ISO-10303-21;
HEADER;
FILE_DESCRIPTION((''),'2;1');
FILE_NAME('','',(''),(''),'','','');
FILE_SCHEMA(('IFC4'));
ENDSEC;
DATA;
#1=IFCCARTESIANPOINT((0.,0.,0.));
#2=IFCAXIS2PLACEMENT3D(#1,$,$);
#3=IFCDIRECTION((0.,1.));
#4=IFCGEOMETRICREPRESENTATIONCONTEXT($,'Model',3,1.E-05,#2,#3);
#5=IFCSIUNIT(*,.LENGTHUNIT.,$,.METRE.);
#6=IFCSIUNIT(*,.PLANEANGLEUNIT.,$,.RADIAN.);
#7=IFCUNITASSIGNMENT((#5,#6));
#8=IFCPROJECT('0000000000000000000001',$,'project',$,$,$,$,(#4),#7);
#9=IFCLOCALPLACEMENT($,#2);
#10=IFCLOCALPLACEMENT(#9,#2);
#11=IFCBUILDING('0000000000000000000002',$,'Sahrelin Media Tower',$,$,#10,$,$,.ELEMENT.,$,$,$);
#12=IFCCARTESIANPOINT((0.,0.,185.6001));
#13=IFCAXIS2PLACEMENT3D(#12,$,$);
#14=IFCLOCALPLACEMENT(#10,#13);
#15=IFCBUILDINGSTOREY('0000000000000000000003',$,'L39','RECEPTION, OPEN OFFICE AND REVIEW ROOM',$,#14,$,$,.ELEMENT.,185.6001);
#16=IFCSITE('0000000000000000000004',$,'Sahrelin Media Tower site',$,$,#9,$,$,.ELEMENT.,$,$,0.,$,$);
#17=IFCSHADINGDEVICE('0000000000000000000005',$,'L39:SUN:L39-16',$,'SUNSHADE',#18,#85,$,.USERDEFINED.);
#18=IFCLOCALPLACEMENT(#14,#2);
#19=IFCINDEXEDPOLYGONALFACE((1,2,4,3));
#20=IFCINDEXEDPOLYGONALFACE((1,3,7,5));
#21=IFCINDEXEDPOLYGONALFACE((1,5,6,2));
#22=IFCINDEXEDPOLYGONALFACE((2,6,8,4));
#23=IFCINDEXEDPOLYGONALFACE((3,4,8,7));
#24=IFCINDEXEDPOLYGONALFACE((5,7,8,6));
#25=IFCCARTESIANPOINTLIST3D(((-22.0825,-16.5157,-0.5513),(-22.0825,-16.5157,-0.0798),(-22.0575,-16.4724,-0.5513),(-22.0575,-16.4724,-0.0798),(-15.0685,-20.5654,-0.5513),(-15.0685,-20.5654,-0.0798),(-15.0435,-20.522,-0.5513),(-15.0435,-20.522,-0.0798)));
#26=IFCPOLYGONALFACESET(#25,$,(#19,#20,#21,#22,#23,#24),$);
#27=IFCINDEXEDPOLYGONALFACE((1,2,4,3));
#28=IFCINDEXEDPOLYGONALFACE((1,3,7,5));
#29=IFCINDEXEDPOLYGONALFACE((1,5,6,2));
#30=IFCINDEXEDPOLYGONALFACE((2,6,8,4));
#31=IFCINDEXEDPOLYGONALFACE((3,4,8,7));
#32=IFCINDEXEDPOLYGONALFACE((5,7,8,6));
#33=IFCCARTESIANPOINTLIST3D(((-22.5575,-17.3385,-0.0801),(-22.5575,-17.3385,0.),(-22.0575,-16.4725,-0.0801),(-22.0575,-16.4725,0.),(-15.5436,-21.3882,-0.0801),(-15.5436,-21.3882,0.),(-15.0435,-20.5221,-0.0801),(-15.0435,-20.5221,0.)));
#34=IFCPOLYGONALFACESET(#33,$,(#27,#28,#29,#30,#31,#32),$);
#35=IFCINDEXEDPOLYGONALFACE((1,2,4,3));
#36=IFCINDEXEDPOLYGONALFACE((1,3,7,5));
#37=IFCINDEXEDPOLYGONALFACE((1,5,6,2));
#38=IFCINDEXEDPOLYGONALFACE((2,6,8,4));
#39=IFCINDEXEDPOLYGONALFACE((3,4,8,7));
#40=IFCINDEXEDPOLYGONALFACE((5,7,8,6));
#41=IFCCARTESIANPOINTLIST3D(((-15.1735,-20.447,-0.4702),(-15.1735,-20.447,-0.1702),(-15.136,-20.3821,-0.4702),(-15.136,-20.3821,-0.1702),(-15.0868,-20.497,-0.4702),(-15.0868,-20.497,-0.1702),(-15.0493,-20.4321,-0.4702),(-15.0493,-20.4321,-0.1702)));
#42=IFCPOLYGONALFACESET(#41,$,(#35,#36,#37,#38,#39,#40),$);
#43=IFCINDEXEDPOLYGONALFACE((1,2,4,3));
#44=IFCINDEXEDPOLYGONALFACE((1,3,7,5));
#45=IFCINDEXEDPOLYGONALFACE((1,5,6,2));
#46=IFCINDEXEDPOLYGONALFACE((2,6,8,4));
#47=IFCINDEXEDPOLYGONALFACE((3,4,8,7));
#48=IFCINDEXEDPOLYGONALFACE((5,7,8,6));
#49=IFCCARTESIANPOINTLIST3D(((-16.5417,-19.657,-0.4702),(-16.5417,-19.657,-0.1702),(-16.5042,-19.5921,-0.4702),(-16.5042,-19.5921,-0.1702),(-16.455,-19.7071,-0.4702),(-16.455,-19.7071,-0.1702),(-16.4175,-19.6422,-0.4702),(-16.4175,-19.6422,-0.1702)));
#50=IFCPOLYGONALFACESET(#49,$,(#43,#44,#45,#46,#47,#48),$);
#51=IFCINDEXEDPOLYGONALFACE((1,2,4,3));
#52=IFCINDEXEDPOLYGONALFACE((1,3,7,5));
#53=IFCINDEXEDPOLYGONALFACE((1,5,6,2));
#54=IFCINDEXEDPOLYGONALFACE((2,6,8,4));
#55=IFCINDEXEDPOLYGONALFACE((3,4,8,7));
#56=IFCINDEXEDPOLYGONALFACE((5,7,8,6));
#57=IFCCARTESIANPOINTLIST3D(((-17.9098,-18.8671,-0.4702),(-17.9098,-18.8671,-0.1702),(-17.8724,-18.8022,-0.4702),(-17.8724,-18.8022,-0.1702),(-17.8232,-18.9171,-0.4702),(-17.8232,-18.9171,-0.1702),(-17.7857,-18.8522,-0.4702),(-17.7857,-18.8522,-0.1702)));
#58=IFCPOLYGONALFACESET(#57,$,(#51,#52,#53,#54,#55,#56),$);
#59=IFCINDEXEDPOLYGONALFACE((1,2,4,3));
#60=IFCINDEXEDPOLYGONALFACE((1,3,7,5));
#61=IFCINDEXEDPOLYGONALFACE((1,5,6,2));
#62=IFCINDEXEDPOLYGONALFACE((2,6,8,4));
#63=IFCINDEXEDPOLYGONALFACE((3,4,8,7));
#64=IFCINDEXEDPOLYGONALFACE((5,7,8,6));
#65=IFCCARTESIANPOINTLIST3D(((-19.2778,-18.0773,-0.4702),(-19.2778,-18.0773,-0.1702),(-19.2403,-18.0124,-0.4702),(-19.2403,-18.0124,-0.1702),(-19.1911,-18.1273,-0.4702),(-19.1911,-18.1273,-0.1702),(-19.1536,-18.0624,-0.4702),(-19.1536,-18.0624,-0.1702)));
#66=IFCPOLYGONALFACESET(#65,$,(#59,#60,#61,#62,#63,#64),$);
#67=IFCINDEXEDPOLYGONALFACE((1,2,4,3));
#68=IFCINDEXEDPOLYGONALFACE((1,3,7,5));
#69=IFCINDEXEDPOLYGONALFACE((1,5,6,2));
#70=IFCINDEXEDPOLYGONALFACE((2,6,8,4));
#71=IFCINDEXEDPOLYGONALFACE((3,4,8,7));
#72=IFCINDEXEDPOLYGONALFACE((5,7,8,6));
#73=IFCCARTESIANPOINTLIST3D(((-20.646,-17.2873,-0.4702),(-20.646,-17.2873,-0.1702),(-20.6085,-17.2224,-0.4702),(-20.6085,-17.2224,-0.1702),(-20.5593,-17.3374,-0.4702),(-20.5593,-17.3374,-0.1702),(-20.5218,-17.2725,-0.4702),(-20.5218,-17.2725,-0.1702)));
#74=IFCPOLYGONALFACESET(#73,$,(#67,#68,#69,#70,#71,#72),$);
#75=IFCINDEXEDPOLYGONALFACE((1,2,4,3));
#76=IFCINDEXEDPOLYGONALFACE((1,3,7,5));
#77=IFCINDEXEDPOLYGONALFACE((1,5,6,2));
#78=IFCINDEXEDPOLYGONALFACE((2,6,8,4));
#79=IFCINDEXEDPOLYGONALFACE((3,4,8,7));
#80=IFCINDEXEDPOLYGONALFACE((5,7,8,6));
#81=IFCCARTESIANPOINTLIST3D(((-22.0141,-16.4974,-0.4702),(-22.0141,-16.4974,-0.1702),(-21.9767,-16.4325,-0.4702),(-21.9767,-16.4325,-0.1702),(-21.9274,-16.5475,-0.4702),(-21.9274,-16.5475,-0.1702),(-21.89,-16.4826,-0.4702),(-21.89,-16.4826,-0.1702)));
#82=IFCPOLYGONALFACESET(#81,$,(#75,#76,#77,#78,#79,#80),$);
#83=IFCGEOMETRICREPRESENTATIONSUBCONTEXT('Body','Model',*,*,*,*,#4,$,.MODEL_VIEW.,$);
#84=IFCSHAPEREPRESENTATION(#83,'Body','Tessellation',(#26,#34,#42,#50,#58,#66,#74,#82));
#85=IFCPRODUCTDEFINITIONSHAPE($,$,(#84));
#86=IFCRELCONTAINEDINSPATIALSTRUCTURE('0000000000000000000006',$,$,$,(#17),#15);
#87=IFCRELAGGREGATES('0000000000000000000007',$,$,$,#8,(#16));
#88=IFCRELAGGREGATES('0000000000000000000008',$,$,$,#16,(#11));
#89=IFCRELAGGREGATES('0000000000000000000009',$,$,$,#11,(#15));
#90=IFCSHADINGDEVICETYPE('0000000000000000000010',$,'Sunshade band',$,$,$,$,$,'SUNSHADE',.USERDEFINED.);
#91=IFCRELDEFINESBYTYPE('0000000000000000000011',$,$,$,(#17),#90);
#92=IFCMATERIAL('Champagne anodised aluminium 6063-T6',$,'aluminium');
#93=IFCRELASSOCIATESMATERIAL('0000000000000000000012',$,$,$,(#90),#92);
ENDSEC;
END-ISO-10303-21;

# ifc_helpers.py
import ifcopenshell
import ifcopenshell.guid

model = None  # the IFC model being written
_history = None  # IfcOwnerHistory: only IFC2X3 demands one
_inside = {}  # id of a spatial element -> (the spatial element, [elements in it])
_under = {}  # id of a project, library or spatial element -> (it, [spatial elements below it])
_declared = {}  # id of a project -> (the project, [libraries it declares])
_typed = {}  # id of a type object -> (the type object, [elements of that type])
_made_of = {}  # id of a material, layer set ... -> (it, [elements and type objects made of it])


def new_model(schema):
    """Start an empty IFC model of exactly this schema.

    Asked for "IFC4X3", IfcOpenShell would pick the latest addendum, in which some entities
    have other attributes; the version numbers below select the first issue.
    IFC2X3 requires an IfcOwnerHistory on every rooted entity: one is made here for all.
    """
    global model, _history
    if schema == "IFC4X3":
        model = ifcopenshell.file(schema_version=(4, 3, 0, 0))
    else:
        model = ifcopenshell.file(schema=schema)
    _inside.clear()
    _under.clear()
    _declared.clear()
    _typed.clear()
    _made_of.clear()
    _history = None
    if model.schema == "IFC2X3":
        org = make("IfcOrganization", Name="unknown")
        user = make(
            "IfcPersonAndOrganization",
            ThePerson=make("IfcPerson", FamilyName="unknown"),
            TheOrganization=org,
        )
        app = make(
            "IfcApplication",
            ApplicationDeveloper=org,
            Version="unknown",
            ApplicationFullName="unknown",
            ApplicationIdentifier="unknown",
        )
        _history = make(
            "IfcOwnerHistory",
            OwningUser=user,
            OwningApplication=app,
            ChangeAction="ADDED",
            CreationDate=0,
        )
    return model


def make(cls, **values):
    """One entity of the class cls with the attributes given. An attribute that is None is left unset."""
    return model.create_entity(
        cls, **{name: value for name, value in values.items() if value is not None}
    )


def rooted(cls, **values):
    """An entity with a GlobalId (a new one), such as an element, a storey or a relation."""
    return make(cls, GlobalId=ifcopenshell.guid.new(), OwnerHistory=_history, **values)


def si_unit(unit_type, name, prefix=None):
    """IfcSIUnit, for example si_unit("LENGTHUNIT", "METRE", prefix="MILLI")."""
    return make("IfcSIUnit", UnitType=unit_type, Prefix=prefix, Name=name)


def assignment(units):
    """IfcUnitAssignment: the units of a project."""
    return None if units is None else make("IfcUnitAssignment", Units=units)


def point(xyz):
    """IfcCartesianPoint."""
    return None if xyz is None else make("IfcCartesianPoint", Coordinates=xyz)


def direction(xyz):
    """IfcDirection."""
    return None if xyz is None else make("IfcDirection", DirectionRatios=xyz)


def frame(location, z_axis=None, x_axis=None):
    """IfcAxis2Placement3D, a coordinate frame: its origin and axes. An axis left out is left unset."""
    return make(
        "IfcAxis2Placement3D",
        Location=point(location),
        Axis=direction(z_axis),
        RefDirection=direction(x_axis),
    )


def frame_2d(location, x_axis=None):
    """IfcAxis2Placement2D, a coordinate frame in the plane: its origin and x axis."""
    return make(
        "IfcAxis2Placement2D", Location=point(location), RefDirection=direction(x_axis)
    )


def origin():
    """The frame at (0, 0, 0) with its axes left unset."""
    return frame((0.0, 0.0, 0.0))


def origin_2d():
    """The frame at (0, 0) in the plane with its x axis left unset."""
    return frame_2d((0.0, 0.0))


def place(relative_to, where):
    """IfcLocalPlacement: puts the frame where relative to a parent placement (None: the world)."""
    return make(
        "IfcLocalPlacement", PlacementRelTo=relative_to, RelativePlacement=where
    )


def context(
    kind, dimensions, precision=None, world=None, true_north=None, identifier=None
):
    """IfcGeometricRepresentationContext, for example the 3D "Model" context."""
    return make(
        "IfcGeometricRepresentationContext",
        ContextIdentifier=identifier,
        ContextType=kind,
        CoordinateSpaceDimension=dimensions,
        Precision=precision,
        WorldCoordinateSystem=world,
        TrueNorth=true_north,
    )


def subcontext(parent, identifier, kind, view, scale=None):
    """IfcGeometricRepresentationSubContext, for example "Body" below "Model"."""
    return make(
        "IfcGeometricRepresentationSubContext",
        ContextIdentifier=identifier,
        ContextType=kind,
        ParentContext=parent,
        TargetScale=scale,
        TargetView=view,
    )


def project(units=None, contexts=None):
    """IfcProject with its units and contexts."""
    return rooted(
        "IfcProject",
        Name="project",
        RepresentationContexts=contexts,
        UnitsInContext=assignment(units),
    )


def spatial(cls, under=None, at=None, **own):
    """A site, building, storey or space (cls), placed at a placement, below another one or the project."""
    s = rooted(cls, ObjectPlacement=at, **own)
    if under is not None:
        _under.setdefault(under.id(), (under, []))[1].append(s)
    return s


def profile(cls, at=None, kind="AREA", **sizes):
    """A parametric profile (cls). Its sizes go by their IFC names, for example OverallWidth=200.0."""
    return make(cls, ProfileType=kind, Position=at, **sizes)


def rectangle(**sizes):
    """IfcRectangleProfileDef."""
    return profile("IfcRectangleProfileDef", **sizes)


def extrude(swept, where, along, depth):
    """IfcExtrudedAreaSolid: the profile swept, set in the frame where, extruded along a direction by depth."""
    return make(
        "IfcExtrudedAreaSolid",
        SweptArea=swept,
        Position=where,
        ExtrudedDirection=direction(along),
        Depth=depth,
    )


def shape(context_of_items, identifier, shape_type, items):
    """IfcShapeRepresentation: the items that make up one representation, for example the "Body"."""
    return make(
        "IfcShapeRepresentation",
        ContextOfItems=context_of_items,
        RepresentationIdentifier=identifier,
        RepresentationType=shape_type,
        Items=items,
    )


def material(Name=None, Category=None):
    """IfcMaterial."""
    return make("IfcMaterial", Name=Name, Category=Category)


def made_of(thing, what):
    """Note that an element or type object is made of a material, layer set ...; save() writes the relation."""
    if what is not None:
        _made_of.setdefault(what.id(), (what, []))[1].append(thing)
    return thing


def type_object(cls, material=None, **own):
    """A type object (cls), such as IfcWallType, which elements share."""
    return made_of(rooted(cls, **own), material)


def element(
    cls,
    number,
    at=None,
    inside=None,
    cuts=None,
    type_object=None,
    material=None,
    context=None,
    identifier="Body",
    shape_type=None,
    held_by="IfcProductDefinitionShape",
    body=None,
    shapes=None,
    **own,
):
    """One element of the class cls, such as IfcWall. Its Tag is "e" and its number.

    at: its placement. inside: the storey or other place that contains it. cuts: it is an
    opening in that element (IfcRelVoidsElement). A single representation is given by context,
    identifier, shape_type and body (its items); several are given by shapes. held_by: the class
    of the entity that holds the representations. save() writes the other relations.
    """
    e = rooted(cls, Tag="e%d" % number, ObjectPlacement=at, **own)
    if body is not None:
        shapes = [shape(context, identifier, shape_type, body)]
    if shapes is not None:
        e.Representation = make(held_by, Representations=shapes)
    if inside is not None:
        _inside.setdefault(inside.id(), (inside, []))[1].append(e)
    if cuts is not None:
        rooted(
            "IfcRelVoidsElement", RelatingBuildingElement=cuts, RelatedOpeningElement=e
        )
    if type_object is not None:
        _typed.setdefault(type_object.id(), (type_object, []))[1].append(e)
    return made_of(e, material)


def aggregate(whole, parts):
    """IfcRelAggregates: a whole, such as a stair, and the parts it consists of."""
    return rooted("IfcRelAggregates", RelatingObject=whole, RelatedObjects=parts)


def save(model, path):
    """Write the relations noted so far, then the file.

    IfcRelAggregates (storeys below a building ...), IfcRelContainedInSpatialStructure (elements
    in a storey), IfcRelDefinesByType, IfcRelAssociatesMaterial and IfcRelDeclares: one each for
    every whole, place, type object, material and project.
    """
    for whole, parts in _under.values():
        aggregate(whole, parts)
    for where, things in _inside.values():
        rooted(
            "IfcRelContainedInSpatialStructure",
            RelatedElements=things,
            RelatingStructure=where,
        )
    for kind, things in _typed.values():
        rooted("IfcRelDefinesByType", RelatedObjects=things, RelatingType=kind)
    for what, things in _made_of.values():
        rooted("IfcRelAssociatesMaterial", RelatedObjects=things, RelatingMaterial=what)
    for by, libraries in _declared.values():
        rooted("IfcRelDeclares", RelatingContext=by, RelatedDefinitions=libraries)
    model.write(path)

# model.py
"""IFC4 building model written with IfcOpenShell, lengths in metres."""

from ifc_helpers import new_model, si_unit, direction, frame, origin, origin_2d, place, context, subcontext, project, spatial, rectangle, extrude, material, type_object, element, save


model = new_model("IFC4")

# Units and contexts
model_context = context("Model", 3, precision=1e-05, world=origin(), true_north=direction((0.0, 1.0)))
body_context = subcontext(model_context, "Body", "Model", "MODEL_VIEW")
ifc_project = project(units=[si_unit("LENGTHUNIT", "METRE"), si_unit("PLANEANGLEUNIT", "RADIAN")], contexts=[model_context])

# Site, building, storey
site_placement = place(None, origin())
site = spatial("IfcSite", under=ifc_project, at=site_placement, Name="Sahrelin Media Tower site", CompositionType="ELEMENT", RefElevation=0.0)
building_placement = place(site_placement, origin())
building = spatial("IfcBuilding", under=site, at=building_placement, Name="Sahrelin Media Tower", CompositionType="ELEMENT")
storey_placement = place(building_placement, frame((0.0, 0.0, 185.6001)))
storey = spatial("IfcBuildingStorey", under=building, at=storey_placement, Name="L39", Description="RECEPTION, OPEN OFFICE AND REVIEW ROOM", CompositionType="ELEMENT", Elevation=185.6001)

# Shared definitions
ifc_material_1 = material(Name="Champagne anodised aluminium 6063-T6", Category="aluminium")

# Shading device
placement_1 = place(storey_placement, frame((-18.5405, -18.48, 0.0), z_axis=(0.0, 0.0, 1.0), x_axis=(-0.866019, 0.500011, 0.0)))
shading_device_type_1 = type_object("IfcShadingDeviceType", Name="Sunshade band", ElementType="SUNSHADE", PredefinedType="USERDEFINED", material=ifc_material_1)
element("IfcShadingDevice", 1, at=placement_1, inside=storey, type_object=shading_device_type_1, Name="L39:SUN:L39-16", ObjectType="SUNSHADE", PredefinedType="USERDEFINED", context=body_context, shape_type="SweptSolid", body=[
    extrude(rectangle(XDim=8.0991, YDim=0.05, at=origin_2d()), frame((0.0, 0.0449, -0.5513)), (0.0, 0.0, 1.0), 0.4714),
    extrude(rectangle(XDim=8.0991, YDim=1.0, at=origin_2d()), frame((0.0, 0.52, -0.0801)), (0.0, 0.0, 1.0), 0.0801),
    extrude(rectangle(XDim=0.1001, YDim=0.075, at=origin_2d()), frame((-3.9495, -0.0176, -0.4702)), (0.0, 0.0, 1.0), 0.3),
    extrude(rectangle(XDim=0.1001, YDim=0.075, at=origin_2d()), frame((-2.3696, -0.0176, -0.4702)), (0.0, 0.0, 1.0), 0.3),
    extrude(rectangle(XDim=0.1001, YDim=0.075, at=origin_2d()), frame((-0.7898, -0.0176, -0.4702)), (0.0, 0.0, 1.0), 0.3),
    extrude(rectangle(XDim=0.1001, YDim=0.075, at=origin_2d()), frame((0.7898, -0.0176, -0.4702)), (0.0, 0.0, 1.0), 0.3),
    extrude(rectangle(XDim=0.1001, YDim=0.075, at=origin_2d()), frame((2.3696, -0.0176, -0.4702)), (0.0, 0.0, 1.0), 0.3),
    extrude(rectangle(XDim=0.1001, YDim=0.075, at=origin_2d()), frame((3.9495, -0.0176, -0.4702)), (0.0, 0.0, 1.0), 0.3),
])

save(model, "model.ifc")
